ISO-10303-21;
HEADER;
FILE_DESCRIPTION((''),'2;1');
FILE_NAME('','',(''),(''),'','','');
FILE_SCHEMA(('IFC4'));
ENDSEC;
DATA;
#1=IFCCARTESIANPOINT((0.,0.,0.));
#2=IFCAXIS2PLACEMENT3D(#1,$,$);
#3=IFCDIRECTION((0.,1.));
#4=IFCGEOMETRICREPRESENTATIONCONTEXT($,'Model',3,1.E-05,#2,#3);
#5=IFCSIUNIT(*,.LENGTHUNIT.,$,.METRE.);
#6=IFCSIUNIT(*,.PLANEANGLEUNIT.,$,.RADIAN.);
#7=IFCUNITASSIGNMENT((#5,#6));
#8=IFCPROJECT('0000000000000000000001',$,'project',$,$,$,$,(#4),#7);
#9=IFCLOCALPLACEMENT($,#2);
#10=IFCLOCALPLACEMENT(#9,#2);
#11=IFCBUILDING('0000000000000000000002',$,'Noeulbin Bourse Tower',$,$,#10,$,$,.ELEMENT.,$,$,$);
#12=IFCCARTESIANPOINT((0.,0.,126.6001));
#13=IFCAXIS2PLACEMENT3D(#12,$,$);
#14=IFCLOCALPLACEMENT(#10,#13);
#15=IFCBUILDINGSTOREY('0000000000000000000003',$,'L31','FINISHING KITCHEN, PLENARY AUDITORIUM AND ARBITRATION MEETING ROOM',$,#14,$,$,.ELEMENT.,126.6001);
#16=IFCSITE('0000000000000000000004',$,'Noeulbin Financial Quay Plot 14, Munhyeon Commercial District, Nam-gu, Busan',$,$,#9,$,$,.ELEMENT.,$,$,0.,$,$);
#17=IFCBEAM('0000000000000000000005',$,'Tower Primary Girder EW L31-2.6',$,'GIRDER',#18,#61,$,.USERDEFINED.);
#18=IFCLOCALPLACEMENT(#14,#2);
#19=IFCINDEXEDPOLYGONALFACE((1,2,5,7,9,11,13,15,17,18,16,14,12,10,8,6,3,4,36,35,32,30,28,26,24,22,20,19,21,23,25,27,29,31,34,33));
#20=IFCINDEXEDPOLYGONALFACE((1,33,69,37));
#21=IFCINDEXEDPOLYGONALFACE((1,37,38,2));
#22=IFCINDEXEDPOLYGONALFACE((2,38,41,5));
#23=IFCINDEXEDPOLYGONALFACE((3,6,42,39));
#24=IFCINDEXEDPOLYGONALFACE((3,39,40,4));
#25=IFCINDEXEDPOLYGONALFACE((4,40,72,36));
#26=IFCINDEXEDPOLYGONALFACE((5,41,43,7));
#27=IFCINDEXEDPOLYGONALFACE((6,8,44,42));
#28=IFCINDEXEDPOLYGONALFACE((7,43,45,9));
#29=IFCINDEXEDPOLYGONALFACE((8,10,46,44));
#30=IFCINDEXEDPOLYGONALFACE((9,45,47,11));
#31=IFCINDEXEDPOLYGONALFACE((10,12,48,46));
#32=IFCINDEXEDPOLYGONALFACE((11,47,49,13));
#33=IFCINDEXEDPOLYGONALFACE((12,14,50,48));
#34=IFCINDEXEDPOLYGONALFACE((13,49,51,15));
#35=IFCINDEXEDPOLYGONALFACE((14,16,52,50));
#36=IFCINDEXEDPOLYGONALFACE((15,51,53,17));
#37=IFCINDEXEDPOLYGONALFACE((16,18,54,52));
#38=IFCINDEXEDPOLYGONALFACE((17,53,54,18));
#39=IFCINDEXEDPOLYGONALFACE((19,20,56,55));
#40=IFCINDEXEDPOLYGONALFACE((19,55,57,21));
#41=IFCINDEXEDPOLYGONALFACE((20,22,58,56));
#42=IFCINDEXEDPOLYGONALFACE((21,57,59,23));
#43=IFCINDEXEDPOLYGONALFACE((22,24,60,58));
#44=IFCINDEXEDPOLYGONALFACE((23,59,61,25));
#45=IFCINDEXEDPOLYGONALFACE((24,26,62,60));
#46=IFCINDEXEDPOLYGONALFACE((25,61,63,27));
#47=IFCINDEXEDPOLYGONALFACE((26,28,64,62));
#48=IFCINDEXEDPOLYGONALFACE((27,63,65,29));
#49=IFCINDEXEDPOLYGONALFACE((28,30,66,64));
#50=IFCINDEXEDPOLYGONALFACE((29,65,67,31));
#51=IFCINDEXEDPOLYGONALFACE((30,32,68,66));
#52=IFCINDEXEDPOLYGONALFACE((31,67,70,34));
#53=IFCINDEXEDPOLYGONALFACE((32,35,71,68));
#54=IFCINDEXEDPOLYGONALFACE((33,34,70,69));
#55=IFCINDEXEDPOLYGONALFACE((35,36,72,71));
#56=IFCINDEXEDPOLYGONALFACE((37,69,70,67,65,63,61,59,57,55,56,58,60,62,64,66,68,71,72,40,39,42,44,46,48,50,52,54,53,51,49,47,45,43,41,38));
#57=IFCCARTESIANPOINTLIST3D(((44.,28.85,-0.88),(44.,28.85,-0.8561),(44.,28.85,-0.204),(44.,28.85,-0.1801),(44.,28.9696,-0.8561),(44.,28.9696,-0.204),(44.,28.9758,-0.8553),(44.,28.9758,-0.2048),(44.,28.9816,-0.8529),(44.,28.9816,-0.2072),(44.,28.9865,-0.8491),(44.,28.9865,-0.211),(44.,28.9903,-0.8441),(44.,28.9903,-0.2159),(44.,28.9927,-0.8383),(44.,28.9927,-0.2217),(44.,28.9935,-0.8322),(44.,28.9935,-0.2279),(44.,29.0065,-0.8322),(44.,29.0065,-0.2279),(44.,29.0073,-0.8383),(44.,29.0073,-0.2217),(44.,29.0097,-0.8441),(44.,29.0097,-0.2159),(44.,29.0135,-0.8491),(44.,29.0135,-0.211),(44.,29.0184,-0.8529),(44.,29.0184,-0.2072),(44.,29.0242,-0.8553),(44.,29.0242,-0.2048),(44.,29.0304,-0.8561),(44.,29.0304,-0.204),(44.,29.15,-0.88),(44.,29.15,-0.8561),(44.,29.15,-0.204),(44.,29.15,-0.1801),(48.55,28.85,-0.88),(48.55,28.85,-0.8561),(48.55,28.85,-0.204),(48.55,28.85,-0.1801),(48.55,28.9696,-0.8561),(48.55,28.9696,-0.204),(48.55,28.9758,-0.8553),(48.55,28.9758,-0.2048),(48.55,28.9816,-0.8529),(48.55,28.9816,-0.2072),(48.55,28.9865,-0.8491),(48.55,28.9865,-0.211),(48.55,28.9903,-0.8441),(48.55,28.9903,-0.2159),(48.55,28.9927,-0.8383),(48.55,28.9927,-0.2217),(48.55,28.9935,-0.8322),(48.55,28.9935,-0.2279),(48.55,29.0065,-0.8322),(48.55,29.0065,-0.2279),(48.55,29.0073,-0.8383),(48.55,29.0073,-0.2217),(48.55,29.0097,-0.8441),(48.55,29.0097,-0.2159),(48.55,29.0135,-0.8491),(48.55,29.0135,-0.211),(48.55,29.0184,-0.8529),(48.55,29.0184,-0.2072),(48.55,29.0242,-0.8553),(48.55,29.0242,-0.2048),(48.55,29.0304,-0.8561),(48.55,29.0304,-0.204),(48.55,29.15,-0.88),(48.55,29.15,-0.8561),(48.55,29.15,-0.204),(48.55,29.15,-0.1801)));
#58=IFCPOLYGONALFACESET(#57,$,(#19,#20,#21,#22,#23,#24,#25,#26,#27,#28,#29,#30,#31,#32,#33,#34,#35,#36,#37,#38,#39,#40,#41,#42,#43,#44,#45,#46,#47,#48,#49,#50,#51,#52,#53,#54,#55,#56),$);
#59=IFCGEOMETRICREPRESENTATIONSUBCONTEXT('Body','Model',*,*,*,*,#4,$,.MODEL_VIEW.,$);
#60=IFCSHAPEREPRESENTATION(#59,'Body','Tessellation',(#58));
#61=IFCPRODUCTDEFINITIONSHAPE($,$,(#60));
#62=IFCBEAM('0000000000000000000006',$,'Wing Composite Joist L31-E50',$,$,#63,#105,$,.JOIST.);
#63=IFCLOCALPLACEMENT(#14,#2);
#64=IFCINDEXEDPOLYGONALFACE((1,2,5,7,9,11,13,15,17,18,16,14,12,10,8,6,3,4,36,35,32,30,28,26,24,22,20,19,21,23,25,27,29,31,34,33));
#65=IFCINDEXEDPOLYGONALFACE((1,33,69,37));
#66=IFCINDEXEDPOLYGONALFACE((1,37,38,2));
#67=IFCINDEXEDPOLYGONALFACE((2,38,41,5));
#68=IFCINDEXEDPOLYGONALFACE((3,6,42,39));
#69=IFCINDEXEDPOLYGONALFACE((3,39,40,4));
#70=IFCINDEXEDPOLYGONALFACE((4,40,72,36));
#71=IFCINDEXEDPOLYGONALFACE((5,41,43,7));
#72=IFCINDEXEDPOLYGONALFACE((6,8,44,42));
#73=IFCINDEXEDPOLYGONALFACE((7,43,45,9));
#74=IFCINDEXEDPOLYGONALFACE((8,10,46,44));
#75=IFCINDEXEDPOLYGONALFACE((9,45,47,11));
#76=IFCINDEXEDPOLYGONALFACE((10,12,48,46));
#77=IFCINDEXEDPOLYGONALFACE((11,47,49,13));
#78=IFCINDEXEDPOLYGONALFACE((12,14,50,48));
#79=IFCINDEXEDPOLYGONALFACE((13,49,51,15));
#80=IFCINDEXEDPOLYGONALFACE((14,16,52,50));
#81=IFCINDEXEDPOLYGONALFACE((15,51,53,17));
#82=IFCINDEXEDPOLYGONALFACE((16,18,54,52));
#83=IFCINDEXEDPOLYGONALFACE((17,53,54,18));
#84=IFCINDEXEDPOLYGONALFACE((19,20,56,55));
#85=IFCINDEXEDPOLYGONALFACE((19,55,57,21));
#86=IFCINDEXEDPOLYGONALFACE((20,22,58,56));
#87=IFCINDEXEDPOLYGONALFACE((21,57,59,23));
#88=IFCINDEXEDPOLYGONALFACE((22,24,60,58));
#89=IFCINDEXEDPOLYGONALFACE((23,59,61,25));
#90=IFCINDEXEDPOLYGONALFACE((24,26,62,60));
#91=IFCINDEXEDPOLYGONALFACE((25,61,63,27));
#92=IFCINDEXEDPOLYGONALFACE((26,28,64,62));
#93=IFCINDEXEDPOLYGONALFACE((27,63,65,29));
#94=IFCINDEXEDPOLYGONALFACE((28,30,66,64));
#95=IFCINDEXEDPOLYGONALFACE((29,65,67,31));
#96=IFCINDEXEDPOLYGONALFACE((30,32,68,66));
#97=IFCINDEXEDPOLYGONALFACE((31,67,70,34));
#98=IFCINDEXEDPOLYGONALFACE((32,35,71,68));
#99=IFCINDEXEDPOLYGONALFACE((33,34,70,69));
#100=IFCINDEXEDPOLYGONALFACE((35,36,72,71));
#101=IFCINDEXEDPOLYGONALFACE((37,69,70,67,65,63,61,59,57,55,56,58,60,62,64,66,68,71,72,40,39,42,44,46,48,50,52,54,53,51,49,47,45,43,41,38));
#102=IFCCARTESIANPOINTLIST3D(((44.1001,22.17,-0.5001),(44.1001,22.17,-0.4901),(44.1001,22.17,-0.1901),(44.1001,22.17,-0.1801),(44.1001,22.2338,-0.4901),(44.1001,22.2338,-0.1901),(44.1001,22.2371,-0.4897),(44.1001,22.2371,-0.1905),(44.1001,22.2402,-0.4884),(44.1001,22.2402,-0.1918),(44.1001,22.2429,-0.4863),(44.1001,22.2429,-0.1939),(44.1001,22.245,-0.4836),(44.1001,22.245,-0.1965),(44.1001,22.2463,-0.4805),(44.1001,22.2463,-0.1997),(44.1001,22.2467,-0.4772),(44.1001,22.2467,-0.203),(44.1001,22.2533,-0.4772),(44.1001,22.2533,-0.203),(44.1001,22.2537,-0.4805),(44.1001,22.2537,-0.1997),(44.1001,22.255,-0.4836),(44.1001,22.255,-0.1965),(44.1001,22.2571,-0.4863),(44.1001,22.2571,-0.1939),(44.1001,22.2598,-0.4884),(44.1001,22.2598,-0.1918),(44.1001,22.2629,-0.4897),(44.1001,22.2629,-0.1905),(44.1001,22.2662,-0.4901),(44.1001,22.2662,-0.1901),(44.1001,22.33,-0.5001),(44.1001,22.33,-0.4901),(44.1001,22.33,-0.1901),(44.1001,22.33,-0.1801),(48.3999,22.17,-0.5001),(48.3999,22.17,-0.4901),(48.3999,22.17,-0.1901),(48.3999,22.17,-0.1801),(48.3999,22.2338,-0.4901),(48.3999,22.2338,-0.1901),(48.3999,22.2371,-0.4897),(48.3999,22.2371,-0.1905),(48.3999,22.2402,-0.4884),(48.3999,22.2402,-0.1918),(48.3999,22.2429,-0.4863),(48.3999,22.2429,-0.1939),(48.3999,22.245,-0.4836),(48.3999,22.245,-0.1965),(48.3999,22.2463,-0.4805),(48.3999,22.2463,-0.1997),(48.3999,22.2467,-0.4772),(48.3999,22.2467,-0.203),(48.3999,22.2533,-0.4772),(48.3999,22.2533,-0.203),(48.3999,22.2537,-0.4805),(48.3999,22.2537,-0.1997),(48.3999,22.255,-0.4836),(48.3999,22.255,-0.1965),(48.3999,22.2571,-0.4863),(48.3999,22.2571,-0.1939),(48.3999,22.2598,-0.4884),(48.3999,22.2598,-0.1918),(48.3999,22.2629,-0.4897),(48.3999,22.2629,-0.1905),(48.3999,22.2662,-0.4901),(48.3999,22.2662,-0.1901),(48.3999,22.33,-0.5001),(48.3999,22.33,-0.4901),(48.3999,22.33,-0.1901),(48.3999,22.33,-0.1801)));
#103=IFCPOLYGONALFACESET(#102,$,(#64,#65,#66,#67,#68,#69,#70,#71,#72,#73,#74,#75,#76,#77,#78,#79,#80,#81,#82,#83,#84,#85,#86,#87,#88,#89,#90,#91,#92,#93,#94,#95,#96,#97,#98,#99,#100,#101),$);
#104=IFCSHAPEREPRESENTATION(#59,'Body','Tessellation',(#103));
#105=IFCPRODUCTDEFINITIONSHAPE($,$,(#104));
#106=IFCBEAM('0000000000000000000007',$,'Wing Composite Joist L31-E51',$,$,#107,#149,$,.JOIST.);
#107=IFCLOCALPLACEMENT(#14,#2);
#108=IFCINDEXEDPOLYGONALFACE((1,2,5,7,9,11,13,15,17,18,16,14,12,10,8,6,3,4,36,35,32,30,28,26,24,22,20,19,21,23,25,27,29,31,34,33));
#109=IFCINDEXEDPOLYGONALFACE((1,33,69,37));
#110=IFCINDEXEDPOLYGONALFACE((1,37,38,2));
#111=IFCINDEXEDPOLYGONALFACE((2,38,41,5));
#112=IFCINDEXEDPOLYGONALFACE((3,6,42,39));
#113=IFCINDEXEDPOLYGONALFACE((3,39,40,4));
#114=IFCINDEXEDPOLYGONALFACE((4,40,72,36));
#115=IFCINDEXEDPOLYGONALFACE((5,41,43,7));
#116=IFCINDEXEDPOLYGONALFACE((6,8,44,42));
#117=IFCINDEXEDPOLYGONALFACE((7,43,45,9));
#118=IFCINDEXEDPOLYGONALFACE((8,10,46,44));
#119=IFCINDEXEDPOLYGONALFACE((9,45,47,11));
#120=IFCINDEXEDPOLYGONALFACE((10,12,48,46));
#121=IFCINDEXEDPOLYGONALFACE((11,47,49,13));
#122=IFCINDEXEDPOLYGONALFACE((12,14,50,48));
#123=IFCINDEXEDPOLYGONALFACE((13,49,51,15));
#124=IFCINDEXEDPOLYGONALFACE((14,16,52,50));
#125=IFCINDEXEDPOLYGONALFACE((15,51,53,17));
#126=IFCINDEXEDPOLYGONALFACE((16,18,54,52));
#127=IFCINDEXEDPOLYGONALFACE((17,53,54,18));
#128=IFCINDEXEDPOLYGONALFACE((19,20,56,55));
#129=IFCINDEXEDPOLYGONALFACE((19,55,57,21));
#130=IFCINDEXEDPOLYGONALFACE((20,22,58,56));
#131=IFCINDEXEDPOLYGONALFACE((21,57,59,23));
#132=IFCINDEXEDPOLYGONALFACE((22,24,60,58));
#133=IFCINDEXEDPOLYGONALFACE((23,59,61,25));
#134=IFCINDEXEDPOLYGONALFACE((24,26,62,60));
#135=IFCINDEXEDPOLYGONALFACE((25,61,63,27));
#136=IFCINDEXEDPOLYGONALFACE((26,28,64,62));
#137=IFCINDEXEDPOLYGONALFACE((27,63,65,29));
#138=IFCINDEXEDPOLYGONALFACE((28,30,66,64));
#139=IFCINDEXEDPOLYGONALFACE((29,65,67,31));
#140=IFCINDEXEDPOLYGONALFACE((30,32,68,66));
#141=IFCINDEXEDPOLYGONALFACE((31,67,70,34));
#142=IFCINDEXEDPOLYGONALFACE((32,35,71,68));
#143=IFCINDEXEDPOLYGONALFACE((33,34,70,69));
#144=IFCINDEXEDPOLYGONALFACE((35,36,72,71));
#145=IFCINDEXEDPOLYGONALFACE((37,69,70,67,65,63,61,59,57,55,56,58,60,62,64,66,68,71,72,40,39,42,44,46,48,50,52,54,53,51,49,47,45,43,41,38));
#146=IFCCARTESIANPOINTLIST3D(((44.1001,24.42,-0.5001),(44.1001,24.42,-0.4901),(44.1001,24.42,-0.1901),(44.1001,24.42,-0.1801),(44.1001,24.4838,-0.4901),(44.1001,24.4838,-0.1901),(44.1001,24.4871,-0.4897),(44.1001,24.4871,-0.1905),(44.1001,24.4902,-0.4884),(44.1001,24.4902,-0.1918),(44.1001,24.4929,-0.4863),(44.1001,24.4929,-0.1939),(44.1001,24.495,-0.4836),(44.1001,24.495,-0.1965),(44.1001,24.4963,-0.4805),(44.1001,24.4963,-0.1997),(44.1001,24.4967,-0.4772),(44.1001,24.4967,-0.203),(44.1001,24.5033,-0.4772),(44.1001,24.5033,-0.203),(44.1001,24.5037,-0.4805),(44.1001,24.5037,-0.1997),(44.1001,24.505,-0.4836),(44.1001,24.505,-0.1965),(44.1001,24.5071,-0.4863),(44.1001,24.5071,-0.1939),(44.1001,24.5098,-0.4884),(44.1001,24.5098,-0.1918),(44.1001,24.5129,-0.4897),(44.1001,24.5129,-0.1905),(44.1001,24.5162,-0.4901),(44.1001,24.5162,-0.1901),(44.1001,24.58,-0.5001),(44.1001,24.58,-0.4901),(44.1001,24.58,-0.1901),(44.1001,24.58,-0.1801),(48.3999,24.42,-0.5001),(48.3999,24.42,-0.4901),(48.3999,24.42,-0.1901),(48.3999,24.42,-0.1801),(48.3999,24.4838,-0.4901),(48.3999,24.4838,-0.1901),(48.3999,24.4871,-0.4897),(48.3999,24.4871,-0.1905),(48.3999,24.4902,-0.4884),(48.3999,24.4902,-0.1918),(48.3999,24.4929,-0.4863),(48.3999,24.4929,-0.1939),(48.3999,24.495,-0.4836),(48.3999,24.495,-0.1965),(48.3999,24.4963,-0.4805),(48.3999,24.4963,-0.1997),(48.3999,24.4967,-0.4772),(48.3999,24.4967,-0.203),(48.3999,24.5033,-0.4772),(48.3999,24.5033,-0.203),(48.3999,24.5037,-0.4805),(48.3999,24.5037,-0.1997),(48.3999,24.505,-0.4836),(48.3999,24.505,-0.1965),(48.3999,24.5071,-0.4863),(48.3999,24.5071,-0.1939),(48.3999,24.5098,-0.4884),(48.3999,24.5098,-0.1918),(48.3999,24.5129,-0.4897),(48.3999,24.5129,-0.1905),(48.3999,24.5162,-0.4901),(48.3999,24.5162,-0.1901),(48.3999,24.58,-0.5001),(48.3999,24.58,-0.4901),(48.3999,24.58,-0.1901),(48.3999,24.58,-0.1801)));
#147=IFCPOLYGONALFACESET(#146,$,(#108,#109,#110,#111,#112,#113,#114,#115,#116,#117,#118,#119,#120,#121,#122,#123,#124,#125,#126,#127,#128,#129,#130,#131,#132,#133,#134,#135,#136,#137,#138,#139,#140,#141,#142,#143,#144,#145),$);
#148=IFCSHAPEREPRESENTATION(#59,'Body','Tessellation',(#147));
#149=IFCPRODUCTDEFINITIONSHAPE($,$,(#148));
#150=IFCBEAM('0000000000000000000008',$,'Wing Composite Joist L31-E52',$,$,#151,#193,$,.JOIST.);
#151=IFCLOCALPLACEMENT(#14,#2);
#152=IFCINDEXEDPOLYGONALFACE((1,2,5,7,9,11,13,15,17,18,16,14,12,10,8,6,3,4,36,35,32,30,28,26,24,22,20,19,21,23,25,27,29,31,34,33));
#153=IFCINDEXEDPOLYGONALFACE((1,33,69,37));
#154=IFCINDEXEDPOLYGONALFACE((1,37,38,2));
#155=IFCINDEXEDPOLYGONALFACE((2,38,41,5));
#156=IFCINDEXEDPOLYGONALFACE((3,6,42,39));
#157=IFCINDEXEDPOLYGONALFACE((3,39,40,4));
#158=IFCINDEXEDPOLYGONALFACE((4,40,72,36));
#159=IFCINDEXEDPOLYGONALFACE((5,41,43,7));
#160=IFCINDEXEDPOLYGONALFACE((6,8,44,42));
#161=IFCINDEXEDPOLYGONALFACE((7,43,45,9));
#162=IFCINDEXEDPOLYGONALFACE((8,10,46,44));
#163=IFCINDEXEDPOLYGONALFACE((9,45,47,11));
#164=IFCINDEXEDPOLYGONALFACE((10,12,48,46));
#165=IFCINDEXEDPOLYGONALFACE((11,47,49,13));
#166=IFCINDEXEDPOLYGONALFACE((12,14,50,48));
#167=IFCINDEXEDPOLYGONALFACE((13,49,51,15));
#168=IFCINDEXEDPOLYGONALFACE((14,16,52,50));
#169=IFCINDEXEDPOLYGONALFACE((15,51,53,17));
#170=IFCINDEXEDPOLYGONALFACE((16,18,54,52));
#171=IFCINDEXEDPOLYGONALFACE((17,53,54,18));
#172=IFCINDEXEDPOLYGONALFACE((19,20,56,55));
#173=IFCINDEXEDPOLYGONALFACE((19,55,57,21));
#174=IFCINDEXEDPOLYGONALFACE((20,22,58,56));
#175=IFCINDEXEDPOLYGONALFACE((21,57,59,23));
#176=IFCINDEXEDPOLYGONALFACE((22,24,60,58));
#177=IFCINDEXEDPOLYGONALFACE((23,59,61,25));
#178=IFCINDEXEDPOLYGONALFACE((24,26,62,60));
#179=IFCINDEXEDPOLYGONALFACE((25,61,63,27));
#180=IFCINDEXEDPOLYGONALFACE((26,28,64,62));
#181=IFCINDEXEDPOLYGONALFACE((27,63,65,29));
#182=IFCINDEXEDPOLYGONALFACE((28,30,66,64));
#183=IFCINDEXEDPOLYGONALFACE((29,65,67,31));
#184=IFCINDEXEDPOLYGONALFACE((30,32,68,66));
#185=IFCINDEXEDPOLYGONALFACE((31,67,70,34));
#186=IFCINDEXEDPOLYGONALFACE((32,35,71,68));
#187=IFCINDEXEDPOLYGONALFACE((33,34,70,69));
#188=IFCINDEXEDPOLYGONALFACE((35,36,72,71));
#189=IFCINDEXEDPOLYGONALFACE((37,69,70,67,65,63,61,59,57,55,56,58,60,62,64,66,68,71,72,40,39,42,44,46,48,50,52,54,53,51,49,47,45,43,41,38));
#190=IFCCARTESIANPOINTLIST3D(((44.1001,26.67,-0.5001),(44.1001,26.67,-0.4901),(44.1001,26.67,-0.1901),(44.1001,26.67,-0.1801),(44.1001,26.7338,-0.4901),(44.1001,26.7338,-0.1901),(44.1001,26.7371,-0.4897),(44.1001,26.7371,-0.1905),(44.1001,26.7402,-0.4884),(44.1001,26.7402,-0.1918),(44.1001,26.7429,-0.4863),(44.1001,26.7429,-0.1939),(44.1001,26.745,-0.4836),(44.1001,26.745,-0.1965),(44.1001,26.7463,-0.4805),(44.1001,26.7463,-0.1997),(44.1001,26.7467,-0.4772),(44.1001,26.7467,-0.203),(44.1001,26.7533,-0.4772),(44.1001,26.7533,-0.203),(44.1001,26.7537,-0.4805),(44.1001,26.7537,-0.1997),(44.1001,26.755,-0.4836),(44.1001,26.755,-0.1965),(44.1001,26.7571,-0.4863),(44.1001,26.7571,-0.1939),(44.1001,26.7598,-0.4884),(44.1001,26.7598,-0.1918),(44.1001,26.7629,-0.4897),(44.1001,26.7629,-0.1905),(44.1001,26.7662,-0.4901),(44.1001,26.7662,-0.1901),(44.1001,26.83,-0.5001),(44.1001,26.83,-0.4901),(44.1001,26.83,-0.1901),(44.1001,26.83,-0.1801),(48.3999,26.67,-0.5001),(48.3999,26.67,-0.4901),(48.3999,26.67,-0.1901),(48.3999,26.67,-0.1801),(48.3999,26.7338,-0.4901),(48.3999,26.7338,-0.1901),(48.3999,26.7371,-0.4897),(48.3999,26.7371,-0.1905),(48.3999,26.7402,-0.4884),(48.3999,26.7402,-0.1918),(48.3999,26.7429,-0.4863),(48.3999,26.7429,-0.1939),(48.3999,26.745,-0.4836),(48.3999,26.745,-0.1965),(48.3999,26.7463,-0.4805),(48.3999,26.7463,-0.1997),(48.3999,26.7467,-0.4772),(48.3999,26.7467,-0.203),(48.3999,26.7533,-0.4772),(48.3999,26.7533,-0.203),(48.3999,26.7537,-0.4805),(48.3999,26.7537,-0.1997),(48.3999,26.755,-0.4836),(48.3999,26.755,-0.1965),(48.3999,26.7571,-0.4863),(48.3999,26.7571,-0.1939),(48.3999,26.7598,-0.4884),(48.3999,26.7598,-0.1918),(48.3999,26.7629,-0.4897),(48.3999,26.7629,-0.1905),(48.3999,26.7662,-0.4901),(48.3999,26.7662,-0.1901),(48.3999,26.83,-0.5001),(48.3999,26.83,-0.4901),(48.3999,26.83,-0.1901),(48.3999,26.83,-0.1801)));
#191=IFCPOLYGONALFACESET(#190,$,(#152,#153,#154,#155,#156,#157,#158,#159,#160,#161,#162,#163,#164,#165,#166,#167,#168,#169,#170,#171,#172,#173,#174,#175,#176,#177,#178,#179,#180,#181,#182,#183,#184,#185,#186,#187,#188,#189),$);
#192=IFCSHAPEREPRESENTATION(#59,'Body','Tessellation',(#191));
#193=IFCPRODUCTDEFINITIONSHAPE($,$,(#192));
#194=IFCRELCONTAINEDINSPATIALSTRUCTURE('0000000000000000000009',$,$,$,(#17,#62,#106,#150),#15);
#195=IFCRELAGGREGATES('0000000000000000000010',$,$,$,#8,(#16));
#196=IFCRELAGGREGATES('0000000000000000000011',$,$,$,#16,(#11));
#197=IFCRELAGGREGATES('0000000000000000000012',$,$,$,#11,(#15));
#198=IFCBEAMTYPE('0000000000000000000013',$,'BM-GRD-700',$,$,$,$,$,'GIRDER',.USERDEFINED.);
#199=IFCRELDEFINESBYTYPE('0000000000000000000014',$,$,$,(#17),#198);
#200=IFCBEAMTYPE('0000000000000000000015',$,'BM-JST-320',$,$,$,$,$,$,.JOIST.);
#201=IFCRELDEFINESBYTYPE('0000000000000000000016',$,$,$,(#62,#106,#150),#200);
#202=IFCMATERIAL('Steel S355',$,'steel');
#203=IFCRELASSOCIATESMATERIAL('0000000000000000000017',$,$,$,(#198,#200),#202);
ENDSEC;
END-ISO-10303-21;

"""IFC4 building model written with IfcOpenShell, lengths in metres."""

from ifc_helpers import new_model, si_unit, direction, frame, origin, origin_2d, place, context, subcontext, project, spatial, i_section, extrude, material, material_profile, profile_set, type_object, element, save


model = new_model("IFC4")

# Units and contexts
model_context = context("Model", 3, precision=1e-05, world=origin(), true_north=direction((0.0, 1.0)))
body_context = subcontext(model_context, "Body", "Model", "MODEL_VIEW")
ifc_project = project(units=[si_unit("LENGTHUNIT", "METRE"), si_unit("PLANEANGLEUNIT", "RADIAN")], contexts=[model_context])

# Site, building, storey
site_placement = place(None, origin())
site = spatial("IfcSite", under=ifc_project, at=site_placement, Name="Noeulbin Financial Quay Plot 14, Munhyeon Commercial District, Nam-gu, Busan", CompositionType="ELEMENT", RefElevation=0.0)
building_placement = place(site_placement, origin())
building = spatial("IfcBuilding", under=site, at=building_placement, Name="Noeulbin Bourse Tower", CompositionType="ELEMENT")
storey_placement = place(building_placement, frame((0.0, 0.0, 126.6001)))
storey = spatial("IfcBuildingStorey", under=building, at=storey_placement, Name="L31", Description="FINISHING KITCHEN, PLENARY AUDITORIUM AND ARBITRATION MEETING ROOM", CompositionType="ELEMENT", Elevation=126.6001)

# Shared definitions
ifc_material_1 = material(Name="Steel S355", Category="steel")

# Beams
ifc_material_profile_1 = material_profile(ifc_material_1, i_section(OverallWidth=0.3, OverallDepth=0.7, WebThickness=0.0129, FlangeThickness=0.0239, FilletRadius=0.0239, at=origin_2d()), Name="H-700x300x13x24", Category="LoadBearing")
ifc_profile_set_1 = profile_set([ifc_material_profile_1], Name="Steel S355")
beam_type_1 = type_object("IfcBeamType", Name="BM-GRD-700", ElementType="GIRDER", PredefinedType="USERDEFINED", material=ifc_profile_set_1)
beam_1_placement = place(storey_placement, frame((44.0, 29.0, -0.53), z_axis=(1.0, 0.0, 0.0), x_axis=(0.0, 1.0, 0.0)))
element("IfcBeam", 1, at=beam_1_placement, inside=storey, type_object=beam_type_1, Name="Tower Primary Girder EW L31-2.6", ObjectType="GIRDER", PredefinedType="USERDEFINED", context=body_context, shape_type="SweptSolid", body=[
    extrude(i_section(OverallWidth=0.3, OverallDepth=0.7, WebThickness=0.0129, FlangeThickness=0.0239, FilletRadius=0.0239, at=origin_2d()), origin(), (0.0, 0.0, 1.0), 4.55),
])
ifc_material_profile_2 = material_profile(ifc_material_1, i_section(OverallWidth=0.1599, OverallDepth=0.3201, WebThickness=0.0066, FlangeThickness=0.01, FilletRadius=0.0129, at=origin_2d()), Name="H-320x160x6.5x10", Category="LoadBearing")
ifc_profile_set_2 = profile_set([ifc_material_profile_2], Name="Steel S355")
beam_type_2 = type_object("IfcBeamType", Name="BM-JST-320", PredefinedType="JOIST", material=ifc_profile_set_2)
for number, where, z_axis, x_axis, name in (
    (2, (44.1001, 22.25, -0.3401), (1.0, 0.0, 0.0), (0.0, 1.0, 0.0), "Wing Composite Joist L31-E50"),
    (3, (44.1001, 24.5, -0.3401), (1.0, 0.0, 0.0), (0.0, 1.0, 0.0), "Wing Composite Joist L31-E51"),
    (4, (44.1001, 26.75, -0.3401), (1.0, 0.0, 0.0), (0.0, 1.0, 0.0), "Wing Composite Joist L31-E52"),
):
    element("IfcBeam", number, at=place(storey_placement, frame(where, z_axis=z_axis, x_axis=x_axis)), inside=storey, type_object=beam_type_2, Name=name, PredefinedType="JOIST", context=body_context, shape_type="SweptSolid", body=[
        extrude(i_section(OverallWidth=0.1599, OverallDepth=0.3201, WebThickness=0.0066, FlangeThickness=0.01, FilletRadius=0.0129, at=origin_2d()), origin(), (0.0, 0.0, 1.0), 4.2998),
    ])

save(model, "model.ifc")
